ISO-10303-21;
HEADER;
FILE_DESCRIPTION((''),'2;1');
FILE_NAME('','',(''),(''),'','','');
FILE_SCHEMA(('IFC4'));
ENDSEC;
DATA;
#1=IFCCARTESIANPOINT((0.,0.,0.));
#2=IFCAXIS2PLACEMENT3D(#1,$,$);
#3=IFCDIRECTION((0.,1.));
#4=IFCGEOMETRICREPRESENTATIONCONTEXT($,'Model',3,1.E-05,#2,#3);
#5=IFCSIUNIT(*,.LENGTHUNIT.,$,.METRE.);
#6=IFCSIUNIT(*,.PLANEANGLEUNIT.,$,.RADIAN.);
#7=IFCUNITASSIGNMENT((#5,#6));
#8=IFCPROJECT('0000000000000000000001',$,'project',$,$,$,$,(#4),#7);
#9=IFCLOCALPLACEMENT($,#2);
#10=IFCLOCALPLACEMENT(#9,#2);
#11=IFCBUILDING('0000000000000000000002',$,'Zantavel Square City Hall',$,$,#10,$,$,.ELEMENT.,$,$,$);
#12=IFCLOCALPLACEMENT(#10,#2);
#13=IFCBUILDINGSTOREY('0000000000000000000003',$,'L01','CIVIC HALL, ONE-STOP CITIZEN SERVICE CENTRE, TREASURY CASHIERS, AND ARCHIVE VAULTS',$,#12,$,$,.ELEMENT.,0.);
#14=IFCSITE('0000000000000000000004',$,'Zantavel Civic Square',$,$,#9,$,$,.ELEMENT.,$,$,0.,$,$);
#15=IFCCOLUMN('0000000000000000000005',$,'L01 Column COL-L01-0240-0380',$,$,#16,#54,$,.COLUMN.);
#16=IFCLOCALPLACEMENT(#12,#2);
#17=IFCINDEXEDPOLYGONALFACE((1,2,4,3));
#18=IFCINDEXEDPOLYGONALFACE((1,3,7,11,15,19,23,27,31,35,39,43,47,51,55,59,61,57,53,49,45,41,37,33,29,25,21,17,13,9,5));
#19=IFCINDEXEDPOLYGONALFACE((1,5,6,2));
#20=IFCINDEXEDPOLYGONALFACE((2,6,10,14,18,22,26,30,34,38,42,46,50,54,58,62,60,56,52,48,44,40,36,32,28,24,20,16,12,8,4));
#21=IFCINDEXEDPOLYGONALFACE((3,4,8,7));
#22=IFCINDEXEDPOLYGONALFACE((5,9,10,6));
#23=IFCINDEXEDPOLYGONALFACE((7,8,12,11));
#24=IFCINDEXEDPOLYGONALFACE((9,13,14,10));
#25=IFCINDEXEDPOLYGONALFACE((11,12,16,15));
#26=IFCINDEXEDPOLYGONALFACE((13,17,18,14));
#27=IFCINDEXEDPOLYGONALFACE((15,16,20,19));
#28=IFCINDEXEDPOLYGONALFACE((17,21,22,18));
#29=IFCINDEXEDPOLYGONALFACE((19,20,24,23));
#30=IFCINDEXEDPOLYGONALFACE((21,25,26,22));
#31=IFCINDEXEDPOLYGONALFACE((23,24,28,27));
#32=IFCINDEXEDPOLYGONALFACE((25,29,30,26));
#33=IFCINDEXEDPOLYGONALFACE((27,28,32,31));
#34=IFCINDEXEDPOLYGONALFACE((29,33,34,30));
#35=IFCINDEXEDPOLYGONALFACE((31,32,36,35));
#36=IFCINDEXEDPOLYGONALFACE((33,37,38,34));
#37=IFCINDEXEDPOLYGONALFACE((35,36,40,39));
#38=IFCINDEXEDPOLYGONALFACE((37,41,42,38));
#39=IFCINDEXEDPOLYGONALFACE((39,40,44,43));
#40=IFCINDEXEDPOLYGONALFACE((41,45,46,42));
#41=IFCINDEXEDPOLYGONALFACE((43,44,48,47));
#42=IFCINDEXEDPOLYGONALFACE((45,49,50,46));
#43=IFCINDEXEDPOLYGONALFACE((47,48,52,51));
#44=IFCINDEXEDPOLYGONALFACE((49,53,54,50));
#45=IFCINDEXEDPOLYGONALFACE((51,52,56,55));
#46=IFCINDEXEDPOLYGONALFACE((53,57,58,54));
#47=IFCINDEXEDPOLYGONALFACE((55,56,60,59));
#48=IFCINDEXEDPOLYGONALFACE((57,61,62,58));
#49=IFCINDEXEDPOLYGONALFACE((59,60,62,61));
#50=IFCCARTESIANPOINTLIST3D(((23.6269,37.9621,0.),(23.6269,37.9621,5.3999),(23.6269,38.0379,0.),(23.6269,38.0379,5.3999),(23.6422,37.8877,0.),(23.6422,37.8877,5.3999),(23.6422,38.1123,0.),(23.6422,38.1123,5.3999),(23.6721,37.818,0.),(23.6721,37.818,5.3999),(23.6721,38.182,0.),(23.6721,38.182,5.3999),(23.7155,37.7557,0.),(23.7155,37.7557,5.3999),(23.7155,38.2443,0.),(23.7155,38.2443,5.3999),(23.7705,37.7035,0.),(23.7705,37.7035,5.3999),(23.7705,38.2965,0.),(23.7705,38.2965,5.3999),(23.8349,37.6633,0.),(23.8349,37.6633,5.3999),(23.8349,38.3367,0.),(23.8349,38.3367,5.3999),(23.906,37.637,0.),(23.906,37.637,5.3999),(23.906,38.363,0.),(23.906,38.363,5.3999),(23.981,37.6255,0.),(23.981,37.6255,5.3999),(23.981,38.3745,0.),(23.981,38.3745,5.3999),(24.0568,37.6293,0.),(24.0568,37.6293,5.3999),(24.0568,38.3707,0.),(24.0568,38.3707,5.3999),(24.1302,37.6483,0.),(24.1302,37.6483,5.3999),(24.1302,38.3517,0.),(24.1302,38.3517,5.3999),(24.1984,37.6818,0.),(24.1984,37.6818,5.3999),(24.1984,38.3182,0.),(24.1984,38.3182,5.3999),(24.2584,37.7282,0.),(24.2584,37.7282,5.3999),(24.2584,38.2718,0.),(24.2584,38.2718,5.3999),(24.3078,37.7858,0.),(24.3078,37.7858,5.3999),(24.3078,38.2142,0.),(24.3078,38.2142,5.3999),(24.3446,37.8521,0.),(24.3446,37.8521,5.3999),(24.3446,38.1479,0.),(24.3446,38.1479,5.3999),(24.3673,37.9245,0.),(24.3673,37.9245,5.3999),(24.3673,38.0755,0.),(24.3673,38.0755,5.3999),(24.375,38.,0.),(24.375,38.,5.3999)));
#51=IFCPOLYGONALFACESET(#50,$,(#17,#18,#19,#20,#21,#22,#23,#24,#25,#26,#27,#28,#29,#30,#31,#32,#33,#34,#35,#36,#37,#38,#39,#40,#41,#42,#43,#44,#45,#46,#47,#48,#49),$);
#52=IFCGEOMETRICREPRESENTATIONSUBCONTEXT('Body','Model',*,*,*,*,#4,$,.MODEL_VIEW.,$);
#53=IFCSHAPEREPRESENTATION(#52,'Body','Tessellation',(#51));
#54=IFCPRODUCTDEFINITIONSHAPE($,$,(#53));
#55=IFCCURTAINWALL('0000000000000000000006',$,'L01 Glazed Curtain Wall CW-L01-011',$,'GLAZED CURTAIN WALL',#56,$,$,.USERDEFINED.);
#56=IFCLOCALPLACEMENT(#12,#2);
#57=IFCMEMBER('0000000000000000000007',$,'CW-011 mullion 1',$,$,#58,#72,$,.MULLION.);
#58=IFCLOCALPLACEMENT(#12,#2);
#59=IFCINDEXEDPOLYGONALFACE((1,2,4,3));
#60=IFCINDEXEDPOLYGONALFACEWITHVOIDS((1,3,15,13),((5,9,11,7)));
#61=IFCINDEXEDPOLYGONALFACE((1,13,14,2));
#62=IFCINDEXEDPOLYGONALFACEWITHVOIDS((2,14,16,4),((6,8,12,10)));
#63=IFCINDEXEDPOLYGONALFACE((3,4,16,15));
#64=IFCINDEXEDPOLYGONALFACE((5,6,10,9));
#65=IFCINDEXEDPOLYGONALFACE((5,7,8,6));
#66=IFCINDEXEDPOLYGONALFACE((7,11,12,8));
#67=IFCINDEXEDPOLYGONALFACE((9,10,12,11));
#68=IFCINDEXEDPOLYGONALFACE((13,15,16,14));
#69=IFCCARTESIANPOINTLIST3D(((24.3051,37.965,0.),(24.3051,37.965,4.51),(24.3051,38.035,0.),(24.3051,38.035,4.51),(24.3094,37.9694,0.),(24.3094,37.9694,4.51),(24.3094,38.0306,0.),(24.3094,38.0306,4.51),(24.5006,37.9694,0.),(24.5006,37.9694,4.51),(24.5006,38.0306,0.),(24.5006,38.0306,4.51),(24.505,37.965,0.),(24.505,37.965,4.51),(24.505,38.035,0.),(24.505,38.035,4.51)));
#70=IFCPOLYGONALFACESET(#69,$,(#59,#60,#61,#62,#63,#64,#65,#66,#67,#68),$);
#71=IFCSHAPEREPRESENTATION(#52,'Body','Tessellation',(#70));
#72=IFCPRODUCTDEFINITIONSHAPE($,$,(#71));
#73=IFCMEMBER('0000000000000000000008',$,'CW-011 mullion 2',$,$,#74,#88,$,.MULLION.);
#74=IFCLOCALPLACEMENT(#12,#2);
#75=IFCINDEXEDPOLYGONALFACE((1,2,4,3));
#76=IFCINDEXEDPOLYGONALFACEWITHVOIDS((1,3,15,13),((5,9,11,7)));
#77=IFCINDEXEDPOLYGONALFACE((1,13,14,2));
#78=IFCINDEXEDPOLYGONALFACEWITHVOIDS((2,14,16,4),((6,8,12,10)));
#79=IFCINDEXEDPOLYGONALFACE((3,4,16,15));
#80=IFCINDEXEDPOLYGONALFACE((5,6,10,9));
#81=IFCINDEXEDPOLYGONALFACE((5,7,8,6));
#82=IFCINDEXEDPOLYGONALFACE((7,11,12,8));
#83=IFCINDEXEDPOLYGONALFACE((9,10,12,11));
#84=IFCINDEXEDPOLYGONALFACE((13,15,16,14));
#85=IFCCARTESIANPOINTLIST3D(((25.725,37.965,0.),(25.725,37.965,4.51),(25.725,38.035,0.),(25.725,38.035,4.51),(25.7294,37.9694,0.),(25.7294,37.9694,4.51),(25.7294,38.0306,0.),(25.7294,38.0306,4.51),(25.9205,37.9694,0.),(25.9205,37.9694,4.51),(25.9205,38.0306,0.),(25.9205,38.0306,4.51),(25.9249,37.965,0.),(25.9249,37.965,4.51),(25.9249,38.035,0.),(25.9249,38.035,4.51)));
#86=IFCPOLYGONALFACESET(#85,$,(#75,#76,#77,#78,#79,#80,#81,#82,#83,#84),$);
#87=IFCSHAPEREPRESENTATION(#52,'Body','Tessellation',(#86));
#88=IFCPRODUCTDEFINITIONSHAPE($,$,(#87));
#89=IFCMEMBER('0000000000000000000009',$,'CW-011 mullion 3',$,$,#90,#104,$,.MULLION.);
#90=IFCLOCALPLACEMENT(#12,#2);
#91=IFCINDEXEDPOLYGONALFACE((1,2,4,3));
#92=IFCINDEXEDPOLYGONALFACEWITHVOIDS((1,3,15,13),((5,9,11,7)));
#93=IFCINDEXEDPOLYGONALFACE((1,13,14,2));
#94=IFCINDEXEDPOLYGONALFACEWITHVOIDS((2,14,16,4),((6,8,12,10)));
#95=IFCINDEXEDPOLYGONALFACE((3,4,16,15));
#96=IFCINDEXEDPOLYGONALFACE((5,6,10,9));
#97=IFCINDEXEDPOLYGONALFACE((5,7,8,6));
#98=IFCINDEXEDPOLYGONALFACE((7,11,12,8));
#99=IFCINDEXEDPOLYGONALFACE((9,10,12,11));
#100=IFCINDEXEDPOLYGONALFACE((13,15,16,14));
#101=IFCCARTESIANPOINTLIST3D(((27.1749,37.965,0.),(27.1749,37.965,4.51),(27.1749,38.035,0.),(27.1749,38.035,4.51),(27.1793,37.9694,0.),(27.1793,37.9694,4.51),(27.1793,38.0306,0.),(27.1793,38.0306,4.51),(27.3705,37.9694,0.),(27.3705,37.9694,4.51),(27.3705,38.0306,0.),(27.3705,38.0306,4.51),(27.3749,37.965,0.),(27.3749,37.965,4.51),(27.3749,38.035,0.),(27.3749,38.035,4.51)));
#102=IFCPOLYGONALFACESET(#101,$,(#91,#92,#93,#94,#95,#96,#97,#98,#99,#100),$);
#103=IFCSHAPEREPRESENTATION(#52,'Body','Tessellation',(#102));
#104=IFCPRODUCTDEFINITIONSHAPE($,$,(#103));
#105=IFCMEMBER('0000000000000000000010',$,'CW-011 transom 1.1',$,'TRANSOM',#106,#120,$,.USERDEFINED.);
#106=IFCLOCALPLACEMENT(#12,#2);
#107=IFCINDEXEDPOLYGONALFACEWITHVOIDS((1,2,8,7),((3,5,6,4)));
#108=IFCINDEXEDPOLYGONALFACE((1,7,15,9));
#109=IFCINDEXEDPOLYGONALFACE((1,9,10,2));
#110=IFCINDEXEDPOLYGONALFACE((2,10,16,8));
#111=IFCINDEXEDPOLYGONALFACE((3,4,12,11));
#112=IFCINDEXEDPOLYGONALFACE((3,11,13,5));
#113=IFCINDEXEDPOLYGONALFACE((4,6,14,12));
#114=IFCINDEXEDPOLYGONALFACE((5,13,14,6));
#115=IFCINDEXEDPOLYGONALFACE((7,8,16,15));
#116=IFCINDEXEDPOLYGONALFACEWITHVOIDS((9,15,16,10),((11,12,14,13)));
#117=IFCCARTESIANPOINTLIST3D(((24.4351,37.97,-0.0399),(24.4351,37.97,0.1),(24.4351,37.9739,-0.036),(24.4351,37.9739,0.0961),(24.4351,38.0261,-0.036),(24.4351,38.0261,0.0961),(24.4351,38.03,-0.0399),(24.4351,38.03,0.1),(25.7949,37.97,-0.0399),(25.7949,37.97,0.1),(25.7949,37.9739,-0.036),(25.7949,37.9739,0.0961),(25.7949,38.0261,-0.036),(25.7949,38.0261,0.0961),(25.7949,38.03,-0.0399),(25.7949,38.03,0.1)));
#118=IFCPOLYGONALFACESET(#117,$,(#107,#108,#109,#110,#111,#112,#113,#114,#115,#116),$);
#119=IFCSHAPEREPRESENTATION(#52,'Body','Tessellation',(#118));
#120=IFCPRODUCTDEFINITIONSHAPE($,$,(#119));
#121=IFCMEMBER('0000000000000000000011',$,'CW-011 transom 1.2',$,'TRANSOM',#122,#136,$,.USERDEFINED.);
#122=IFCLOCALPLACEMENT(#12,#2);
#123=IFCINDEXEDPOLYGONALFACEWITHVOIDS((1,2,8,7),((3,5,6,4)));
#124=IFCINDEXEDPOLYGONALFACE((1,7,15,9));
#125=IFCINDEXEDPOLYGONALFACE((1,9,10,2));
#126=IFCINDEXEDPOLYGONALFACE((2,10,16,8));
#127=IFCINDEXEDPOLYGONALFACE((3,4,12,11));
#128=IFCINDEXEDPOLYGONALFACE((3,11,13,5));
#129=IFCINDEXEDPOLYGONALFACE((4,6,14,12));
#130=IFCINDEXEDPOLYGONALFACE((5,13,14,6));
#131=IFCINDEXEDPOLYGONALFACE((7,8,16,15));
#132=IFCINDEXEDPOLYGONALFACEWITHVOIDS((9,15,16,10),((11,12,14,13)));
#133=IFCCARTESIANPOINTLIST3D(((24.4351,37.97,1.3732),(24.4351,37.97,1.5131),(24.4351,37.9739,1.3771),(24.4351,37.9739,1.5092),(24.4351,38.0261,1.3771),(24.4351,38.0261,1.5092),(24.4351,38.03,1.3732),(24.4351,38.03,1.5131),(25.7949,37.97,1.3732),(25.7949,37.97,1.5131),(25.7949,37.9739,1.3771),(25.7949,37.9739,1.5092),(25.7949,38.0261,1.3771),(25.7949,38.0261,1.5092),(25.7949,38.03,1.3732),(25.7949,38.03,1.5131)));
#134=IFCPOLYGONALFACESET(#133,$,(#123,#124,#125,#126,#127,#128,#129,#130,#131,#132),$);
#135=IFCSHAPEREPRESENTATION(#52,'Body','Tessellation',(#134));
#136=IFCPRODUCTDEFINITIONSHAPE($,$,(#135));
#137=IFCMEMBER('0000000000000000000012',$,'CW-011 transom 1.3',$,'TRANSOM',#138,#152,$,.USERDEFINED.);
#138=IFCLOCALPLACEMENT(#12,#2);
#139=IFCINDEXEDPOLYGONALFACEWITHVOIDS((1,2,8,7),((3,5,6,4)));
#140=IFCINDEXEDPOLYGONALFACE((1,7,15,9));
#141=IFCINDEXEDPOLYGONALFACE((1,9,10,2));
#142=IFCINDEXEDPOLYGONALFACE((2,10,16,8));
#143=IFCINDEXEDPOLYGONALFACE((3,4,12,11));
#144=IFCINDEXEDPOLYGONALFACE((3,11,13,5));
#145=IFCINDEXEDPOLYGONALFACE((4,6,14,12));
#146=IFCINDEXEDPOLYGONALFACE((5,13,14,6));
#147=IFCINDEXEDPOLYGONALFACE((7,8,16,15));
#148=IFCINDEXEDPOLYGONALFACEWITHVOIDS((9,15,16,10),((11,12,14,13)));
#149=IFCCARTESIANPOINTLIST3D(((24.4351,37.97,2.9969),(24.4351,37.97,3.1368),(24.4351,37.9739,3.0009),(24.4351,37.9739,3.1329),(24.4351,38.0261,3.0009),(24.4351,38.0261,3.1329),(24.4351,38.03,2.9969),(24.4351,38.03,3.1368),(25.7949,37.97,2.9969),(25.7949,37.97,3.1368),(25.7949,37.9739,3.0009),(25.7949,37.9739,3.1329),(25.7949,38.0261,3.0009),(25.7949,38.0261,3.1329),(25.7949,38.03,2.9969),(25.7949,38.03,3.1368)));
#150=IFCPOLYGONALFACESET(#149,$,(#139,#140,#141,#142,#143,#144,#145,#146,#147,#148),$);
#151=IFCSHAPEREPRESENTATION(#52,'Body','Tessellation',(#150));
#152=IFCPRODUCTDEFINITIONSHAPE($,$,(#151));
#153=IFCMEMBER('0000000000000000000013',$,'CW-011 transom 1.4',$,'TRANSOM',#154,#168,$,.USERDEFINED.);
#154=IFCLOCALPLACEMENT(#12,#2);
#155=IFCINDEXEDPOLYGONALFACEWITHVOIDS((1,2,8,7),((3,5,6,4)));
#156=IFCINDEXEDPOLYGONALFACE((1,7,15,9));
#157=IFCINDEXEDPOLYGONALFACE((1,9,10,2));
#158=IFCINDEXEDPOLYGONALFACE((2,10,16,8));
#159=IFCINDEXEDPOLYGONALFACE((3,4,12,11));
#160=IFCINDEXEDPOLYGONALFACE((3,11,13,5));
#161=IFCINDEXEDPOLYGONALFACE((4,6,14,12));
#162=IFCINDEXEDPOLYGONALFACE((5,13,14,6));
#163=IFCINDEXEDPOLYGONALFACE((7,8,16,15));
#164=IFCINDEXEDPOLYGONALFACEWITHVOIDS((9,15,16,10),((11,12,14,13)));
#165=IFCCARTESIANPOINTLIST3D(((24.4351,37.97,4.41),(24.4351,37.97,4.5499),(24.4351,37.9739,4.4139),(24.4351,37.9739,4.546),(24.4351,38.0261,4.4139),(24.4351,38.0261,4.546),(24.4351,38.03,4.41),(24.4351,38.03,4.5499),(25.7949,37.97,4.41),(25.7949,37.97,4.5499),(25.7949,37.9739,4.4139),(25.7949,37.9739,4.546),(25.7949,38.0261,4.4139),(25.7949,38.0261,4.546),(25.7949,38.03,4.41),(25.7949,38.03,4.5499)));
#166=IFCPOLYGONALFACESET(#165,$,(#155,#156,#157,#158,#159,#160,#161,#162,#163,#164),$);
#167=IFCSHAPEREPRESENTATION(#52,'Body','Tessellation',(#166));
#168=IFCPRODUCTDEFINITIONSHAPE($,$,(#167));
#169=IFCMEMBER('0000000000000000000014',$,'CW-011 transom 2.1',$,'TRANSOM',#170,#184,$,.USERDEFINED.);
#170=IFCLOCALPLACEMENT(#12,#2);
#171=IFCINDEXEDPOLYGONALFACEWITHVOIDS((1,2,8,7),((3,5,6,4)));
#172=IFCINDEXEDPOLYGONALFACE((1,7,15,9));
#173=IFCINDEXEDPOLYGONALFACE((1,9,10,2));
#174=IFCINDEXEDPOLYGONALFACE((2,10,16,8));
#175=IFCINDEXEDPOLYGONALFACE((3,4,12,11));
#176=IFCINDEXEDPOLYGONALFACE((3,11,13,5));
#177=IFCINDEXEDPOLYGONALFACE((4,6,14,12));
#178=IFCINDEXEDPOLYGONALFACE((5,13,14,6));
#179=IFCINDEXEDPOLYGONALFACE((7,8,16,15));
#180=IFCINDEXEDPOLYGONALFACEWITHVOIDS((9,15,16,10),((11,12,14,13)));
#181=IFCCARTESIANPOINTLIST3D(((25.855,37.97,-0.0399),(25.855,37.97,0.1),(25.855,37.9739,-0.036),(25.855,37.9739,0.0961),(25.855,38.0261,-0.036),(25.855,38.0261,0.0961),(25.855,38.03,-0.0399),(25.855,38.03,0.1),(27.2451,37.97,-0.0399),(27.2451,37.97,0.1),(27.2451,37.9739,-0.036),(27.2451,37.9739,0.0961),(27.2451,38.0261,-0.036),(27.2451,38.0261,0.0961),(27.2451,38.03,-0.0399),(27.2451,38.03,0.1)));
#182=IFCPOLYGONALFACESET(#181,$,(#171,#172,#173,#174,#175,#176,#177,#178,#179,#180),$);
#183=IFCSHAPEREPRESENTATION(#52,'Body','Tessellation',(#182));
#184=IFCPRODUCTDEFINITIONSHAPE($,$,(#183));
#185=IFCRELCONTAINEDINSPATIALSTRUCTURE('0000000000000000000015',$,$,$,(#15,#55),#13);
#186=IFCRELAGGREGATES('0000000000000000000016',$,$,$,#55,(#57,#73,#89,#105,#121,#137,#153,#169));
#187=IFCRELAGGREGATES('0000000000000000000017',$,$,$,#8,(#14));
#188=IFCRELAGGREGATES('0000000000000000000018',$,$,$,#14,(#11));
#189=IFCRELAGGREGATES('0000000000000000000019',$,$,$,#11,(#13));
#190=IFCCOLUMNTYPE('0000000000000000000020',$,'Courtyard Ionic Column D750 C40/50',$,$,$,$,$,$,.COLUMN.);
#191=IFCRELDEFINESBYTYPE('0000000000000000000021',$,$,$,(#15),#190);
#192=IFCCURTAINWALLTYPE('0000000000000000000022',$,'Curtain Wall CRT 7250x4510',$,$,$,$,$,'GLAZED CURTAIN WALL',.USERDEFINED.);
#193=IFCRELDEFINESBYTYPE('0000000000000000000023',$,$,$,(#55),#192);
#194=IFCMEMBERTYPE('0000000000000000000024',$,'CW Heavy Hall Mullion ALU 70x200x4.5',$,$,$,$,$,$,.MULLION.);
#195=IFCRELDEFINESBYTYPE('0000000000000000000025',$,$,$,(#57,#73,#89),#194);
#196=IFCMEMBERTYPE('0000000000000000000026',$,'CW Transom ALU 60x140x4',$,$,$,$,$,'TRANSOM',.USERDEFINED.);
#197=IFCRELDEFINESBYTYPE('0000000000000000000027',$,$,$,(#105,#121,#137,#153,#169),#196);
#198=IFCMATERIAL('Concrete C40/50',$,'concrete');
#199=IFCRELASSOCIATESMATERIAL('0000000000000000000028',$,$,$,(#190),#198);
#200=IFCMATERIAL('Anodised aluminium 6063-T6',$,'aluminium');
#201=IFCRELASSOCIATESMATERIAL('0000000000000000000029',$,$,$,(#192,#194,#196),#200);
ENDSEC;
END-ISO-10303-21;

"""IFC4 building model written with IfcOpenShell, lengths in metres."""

from ifc_helpers import new_model, si_unit, direction, frame, origin, origin_2d, place, context, subcontext, project, spatial, hollow_rectangle, circle, extrude, material, material_profile, profile_set, type_object, element, aggregate, save


model = new_model("IFC4")

# Units and contexts
model_context = context("Model", 3, precision=1e-05, world=origin(), true_north=direction((0.0, 1.0)))
body_context = subcontext(model_context, "Body", "Model", "MODEL_VIEW")
ifc_project = project(units=[si_unit("LENGTHUNIT", "METRE"), si_unit("PLANEANGLEUNIT", "RADIAN")], contexts=[model_context])

# Site, building, storey
site_placement = place(None, origin())
site = spatial("IfcSite", under=ifc_project, at=site_placement, Name="Zantavel Civic Square", CompositionType="ELEMENT", RefElevation=0.0)
building_placement = place(site_placement, origin())
building = spatial("IfcBuilding", under=site, at=building_placement, Name="Zantavel Square City Hall", CompositionType="ELEMENT")
storey_placement = place(building_placement, origin())
storey = spatial("IfcBuildingStorey", under=building, at=storey_placement, Name="L01", Description="CIVIC HALL, ONE-STOP CITIZEN SERVICE CENTRE, TREASURY CASHIERS, AND ARCHIVE VAULTS", CompositionType="ELEMENT", Elevation=0.0)

# Column
ifc_material_1 = material(Name="Concrete C40/50", Category="concrete")
ifc_material_profile_1 = material_profile(ifc_material_1, circle(Radius=0.375, at=origin_2d()), Name="ROUND D750")
ifc_profile_set_1 = profile_set([ifc_material_profile_1], Name="Concrete C40/50")
column_type = type_object("IfcColumnType", Name="Courtyard Ionic Column D750 C40/50", PredefinedType="COLUMN", material=ifc_profile_set_1)
column_placement = place(storey_placement, frame((24.0, 38.0, 0.0), z_axis=(0.0, 0.0, 1.0), x_axis=(1.0, 0.0, 0.0)))
element("IfcColumn", 1, at=column_placement, inside=storey, type_object=column_type, Name="L01 Column COL-L01-0240-0380", PredefinedType="COLUMN", context=body_context, shape_type="SweptSolid", body=[
    extrude(circle(Radius=0.375, at=origin_2d()), origin(), (0.0, 0.0, 1.0), 5.3999),
])

# Curtain wall, members
ifc_material_2 = material(Name="Anodised aluminium 6063-T6", Category="aluminium")
curtain_wall_type = type_object("IfcCurtainWallType", Name="Curtain Wall CRT 7250x4510", ElementType="GLAZED CURTAIN WALL", PredefinedType="USERDEFINED", material=ifc_material_2)
curtain_wall_placement = place(storey_placement, origin())
curtain_wall = element("IfcCurtainWall", 2, at=curtain_wall_placement, inside=storey, type_object=curtain_wall_type, Name="L01 Glazed Curtain Wall CW-L01-011", ObjectType="GLAZED CURTAIN WALL", PredefinedType="USERDEFINED")
ifc_material_profile_2 = material_profile(ifc_material_2, hollow_rectangle(XDim=0.0701, YDim=0.2, WallThickness=0.0044, at=origin_2d()), Name="ALU 70x200x4.5")
ifc_profile_set_2 = profile_set([ifc_material_profile_2], Name="Anodised aluminium 6063-T6")
member_type_1 = type_object("IfcMemberType", Name="CW Heavy Hall Mullion ALU 70x200x4.5", PredefinedType="MULLION", material=ifc_profile_set_2)
member_1_placement = place(storey_placement, frame((24.405, 38.0, 0.0), z_axis=(0.0, 0.0, 1.0), x_axis=(0.0, 1.0, 0.0)))
member_1 = element("IfcMember", 3, at=member_1_placement, type_object=member_type_1, Name="CW-011 mullion 1", PredefinedType="MULLION", context=body_context, shape_type="SweptSolid", body=[
    extrude(hollow_rectangle(XDim=0.0701, YDim=0.2, WallThickness=0.0044, at=origin_2d()), origin(), (0.0, 0.0, 1.0), 4.51),
])
member_2_placement = place(storey_placement, frame((25.825, 38.0, 0.0), z_axis=(0.0, 0.0, 1.0), x_axis=(0.0, 1.0, 0.0)))
member_2 = element("IfcMember", 4, at=member_2_placement, type_object=member_type_1, Name="CW-011 mullion 2", PredefinedType="MULLION", context=body_context, shape_type="SweptSolid", body=[
    extrude(hollow_rectangle(XDim=0.0701, YDim=0.2, WallThickness=0.0044, at=origin_2d()), origin(), (0.0, 0.0, 1.0), 4.51),
])
member_3_placement = place(storey_placement, frame((27.2749, 38.0, 0.0), z_axis=(0.0, 0.0, 1.0), x_axis=(0.0, 1.0, 0.0)))
member_3 = element("IfcMember", 5, at=member_3_placement, type_object=member_type_1, Name="CW-011 mullion 3", PredefinedType="MULLION", context=body_context, shape_type="SweptSolid", body=[
    extrude(hollow_rectangle(XDim=0.0701, YDim=0.2, WallThickness=0.0044, at=origin_2d()), origin(), (0.0, 0.0, 1.0), 4.51),
])
ifc_material_profile_3 = material_profile(ifc_material_2, hollow_rectangle(XDim=0.0601, YDim=0.1399, WallThickness=0.0039, at=origin_2d()), Name="ALU 60x140x4")
ifc_profile_set_3 = profile_set([ifc_material_profile_3], Name="Anodised aluminium 6063-T6")
member_type_2 = type_object("IfcMemberType", Name="CW Transom ALU 60x140x4", ElementType="TRANSOM", PredefinedType="USERDEFINED", material=ifc_profile_set_3)
member_4_placement = place(storey_placement, frame((24.4351, 38.0, 0.03), z_axis=(1.0, 0.0, 0.0), x_axis=(0.0, 1.0, 0.0)))
member_4 = element("IfcMember", 6, at=member_4_placement, type_object=member_type_2, Name="CW-011 transom 1.1", ObjectType="TRANSOM", PredefinedType="USERDEFINED", context=body_context, shape_type="SweptSolid", body=[
    extrude(hollow_rectangle(XDim=0.0601, YDim=0.1399, WallThickness=0.0039, at=origin_2d()), origin(), (0.0, 0.0, 1.0), 1.3599),
])
member_5_placement = place(storey_placement, frame((24.4351, 38.0, 1.4431), z_axis=(1.0, 0.0, 0.0), x_axis=(0.0, 1.0, 0.0)))
member_5 = element("IfcMember", 7, at=member_5_placement, type_object=member_type_2, Name="CW-011 transom 1.2", ObjectType="TRANSOM", PredefinedType="USERDEFINED", context=body_context, shape_type="SweptSolid", body=[
    extrude(hollow_rectangle(XDim=0.0601, YDim=0.1399, WallThickness=0.0039, at=origin_2d()), origin(), (0.0, 0.0, 1.0), 1.3599),
])
member_6_placement = place(storey_placement, frame((24.4351, 38.0, 3.0669), z_axis=(1.0, 0.0, 0.0), x_axis=(0.0, 1.0, 0.0)))
member_6 = element("IfcMember", 8, at=member_6_placement, type_object=member_type_2, Name="CW-011 transom 1.3", ObjectType="TRANSOM", PredefinedType="USERDEFINED", context=body_context, shape_type="SweptSolid", body=[
    extrude(hollow_rectangle(XDim=0.0601, YDim=0.1399, WallThickness=0.0039, at=origin_2d()), origin(), (0.0, 0.0, 1.0), 1.3599),
])
member_7_placement = place(storey_placement, frame((24.4351, 38.0, 4.48), z_axis=(1.0, 0.0, 0.0), x_axis=(0.0, 1.0, 0.0)))
member_7 = element("IfcMember", 9, at=member_7_placement, type_object=member_type_2, Name="CW-011 transom 1.4", ObjectType="TRANSOM", PredefinedType="USERDEFINED", context=body_context, shape_type="SweptSolid", body=[
    extrude(hollow_rectangle(XDim=0.0601, YDim=0.1399, WallThickness=0.0039, at=origin_2d()), origin(), (0.0, 0.0, 1.0), 1.3599),
])
member_8_placement = place(storey_placement, frame((25.855, 38.0, 0.03), z_axis=(1.0, 0.0, 0.0), x_axis=(0.0, 1.0, 0.0)))
member_8 = element("IfcMember", 10, at=member_8_placement, type_object=member_type_2, Name="CW-011 transom 2.1", ObjectType="TRANSOM", PredefinedType="USERDEFINED", context=body_context, shape_type="SweptSolid", body=[
    extrude(hollow_rectangle(XDim=0.0601, YDim=0.1399, WallThickness=0.0039, at=origin_2d()), origin(), (0.0, 0.0, 1.0), 1.3901),
])

aggregate(curtain_wall, [member_1, member_2, member_3, member_4, member_5, member_6, member_7, member_8])

save(model, "model.ifc")
